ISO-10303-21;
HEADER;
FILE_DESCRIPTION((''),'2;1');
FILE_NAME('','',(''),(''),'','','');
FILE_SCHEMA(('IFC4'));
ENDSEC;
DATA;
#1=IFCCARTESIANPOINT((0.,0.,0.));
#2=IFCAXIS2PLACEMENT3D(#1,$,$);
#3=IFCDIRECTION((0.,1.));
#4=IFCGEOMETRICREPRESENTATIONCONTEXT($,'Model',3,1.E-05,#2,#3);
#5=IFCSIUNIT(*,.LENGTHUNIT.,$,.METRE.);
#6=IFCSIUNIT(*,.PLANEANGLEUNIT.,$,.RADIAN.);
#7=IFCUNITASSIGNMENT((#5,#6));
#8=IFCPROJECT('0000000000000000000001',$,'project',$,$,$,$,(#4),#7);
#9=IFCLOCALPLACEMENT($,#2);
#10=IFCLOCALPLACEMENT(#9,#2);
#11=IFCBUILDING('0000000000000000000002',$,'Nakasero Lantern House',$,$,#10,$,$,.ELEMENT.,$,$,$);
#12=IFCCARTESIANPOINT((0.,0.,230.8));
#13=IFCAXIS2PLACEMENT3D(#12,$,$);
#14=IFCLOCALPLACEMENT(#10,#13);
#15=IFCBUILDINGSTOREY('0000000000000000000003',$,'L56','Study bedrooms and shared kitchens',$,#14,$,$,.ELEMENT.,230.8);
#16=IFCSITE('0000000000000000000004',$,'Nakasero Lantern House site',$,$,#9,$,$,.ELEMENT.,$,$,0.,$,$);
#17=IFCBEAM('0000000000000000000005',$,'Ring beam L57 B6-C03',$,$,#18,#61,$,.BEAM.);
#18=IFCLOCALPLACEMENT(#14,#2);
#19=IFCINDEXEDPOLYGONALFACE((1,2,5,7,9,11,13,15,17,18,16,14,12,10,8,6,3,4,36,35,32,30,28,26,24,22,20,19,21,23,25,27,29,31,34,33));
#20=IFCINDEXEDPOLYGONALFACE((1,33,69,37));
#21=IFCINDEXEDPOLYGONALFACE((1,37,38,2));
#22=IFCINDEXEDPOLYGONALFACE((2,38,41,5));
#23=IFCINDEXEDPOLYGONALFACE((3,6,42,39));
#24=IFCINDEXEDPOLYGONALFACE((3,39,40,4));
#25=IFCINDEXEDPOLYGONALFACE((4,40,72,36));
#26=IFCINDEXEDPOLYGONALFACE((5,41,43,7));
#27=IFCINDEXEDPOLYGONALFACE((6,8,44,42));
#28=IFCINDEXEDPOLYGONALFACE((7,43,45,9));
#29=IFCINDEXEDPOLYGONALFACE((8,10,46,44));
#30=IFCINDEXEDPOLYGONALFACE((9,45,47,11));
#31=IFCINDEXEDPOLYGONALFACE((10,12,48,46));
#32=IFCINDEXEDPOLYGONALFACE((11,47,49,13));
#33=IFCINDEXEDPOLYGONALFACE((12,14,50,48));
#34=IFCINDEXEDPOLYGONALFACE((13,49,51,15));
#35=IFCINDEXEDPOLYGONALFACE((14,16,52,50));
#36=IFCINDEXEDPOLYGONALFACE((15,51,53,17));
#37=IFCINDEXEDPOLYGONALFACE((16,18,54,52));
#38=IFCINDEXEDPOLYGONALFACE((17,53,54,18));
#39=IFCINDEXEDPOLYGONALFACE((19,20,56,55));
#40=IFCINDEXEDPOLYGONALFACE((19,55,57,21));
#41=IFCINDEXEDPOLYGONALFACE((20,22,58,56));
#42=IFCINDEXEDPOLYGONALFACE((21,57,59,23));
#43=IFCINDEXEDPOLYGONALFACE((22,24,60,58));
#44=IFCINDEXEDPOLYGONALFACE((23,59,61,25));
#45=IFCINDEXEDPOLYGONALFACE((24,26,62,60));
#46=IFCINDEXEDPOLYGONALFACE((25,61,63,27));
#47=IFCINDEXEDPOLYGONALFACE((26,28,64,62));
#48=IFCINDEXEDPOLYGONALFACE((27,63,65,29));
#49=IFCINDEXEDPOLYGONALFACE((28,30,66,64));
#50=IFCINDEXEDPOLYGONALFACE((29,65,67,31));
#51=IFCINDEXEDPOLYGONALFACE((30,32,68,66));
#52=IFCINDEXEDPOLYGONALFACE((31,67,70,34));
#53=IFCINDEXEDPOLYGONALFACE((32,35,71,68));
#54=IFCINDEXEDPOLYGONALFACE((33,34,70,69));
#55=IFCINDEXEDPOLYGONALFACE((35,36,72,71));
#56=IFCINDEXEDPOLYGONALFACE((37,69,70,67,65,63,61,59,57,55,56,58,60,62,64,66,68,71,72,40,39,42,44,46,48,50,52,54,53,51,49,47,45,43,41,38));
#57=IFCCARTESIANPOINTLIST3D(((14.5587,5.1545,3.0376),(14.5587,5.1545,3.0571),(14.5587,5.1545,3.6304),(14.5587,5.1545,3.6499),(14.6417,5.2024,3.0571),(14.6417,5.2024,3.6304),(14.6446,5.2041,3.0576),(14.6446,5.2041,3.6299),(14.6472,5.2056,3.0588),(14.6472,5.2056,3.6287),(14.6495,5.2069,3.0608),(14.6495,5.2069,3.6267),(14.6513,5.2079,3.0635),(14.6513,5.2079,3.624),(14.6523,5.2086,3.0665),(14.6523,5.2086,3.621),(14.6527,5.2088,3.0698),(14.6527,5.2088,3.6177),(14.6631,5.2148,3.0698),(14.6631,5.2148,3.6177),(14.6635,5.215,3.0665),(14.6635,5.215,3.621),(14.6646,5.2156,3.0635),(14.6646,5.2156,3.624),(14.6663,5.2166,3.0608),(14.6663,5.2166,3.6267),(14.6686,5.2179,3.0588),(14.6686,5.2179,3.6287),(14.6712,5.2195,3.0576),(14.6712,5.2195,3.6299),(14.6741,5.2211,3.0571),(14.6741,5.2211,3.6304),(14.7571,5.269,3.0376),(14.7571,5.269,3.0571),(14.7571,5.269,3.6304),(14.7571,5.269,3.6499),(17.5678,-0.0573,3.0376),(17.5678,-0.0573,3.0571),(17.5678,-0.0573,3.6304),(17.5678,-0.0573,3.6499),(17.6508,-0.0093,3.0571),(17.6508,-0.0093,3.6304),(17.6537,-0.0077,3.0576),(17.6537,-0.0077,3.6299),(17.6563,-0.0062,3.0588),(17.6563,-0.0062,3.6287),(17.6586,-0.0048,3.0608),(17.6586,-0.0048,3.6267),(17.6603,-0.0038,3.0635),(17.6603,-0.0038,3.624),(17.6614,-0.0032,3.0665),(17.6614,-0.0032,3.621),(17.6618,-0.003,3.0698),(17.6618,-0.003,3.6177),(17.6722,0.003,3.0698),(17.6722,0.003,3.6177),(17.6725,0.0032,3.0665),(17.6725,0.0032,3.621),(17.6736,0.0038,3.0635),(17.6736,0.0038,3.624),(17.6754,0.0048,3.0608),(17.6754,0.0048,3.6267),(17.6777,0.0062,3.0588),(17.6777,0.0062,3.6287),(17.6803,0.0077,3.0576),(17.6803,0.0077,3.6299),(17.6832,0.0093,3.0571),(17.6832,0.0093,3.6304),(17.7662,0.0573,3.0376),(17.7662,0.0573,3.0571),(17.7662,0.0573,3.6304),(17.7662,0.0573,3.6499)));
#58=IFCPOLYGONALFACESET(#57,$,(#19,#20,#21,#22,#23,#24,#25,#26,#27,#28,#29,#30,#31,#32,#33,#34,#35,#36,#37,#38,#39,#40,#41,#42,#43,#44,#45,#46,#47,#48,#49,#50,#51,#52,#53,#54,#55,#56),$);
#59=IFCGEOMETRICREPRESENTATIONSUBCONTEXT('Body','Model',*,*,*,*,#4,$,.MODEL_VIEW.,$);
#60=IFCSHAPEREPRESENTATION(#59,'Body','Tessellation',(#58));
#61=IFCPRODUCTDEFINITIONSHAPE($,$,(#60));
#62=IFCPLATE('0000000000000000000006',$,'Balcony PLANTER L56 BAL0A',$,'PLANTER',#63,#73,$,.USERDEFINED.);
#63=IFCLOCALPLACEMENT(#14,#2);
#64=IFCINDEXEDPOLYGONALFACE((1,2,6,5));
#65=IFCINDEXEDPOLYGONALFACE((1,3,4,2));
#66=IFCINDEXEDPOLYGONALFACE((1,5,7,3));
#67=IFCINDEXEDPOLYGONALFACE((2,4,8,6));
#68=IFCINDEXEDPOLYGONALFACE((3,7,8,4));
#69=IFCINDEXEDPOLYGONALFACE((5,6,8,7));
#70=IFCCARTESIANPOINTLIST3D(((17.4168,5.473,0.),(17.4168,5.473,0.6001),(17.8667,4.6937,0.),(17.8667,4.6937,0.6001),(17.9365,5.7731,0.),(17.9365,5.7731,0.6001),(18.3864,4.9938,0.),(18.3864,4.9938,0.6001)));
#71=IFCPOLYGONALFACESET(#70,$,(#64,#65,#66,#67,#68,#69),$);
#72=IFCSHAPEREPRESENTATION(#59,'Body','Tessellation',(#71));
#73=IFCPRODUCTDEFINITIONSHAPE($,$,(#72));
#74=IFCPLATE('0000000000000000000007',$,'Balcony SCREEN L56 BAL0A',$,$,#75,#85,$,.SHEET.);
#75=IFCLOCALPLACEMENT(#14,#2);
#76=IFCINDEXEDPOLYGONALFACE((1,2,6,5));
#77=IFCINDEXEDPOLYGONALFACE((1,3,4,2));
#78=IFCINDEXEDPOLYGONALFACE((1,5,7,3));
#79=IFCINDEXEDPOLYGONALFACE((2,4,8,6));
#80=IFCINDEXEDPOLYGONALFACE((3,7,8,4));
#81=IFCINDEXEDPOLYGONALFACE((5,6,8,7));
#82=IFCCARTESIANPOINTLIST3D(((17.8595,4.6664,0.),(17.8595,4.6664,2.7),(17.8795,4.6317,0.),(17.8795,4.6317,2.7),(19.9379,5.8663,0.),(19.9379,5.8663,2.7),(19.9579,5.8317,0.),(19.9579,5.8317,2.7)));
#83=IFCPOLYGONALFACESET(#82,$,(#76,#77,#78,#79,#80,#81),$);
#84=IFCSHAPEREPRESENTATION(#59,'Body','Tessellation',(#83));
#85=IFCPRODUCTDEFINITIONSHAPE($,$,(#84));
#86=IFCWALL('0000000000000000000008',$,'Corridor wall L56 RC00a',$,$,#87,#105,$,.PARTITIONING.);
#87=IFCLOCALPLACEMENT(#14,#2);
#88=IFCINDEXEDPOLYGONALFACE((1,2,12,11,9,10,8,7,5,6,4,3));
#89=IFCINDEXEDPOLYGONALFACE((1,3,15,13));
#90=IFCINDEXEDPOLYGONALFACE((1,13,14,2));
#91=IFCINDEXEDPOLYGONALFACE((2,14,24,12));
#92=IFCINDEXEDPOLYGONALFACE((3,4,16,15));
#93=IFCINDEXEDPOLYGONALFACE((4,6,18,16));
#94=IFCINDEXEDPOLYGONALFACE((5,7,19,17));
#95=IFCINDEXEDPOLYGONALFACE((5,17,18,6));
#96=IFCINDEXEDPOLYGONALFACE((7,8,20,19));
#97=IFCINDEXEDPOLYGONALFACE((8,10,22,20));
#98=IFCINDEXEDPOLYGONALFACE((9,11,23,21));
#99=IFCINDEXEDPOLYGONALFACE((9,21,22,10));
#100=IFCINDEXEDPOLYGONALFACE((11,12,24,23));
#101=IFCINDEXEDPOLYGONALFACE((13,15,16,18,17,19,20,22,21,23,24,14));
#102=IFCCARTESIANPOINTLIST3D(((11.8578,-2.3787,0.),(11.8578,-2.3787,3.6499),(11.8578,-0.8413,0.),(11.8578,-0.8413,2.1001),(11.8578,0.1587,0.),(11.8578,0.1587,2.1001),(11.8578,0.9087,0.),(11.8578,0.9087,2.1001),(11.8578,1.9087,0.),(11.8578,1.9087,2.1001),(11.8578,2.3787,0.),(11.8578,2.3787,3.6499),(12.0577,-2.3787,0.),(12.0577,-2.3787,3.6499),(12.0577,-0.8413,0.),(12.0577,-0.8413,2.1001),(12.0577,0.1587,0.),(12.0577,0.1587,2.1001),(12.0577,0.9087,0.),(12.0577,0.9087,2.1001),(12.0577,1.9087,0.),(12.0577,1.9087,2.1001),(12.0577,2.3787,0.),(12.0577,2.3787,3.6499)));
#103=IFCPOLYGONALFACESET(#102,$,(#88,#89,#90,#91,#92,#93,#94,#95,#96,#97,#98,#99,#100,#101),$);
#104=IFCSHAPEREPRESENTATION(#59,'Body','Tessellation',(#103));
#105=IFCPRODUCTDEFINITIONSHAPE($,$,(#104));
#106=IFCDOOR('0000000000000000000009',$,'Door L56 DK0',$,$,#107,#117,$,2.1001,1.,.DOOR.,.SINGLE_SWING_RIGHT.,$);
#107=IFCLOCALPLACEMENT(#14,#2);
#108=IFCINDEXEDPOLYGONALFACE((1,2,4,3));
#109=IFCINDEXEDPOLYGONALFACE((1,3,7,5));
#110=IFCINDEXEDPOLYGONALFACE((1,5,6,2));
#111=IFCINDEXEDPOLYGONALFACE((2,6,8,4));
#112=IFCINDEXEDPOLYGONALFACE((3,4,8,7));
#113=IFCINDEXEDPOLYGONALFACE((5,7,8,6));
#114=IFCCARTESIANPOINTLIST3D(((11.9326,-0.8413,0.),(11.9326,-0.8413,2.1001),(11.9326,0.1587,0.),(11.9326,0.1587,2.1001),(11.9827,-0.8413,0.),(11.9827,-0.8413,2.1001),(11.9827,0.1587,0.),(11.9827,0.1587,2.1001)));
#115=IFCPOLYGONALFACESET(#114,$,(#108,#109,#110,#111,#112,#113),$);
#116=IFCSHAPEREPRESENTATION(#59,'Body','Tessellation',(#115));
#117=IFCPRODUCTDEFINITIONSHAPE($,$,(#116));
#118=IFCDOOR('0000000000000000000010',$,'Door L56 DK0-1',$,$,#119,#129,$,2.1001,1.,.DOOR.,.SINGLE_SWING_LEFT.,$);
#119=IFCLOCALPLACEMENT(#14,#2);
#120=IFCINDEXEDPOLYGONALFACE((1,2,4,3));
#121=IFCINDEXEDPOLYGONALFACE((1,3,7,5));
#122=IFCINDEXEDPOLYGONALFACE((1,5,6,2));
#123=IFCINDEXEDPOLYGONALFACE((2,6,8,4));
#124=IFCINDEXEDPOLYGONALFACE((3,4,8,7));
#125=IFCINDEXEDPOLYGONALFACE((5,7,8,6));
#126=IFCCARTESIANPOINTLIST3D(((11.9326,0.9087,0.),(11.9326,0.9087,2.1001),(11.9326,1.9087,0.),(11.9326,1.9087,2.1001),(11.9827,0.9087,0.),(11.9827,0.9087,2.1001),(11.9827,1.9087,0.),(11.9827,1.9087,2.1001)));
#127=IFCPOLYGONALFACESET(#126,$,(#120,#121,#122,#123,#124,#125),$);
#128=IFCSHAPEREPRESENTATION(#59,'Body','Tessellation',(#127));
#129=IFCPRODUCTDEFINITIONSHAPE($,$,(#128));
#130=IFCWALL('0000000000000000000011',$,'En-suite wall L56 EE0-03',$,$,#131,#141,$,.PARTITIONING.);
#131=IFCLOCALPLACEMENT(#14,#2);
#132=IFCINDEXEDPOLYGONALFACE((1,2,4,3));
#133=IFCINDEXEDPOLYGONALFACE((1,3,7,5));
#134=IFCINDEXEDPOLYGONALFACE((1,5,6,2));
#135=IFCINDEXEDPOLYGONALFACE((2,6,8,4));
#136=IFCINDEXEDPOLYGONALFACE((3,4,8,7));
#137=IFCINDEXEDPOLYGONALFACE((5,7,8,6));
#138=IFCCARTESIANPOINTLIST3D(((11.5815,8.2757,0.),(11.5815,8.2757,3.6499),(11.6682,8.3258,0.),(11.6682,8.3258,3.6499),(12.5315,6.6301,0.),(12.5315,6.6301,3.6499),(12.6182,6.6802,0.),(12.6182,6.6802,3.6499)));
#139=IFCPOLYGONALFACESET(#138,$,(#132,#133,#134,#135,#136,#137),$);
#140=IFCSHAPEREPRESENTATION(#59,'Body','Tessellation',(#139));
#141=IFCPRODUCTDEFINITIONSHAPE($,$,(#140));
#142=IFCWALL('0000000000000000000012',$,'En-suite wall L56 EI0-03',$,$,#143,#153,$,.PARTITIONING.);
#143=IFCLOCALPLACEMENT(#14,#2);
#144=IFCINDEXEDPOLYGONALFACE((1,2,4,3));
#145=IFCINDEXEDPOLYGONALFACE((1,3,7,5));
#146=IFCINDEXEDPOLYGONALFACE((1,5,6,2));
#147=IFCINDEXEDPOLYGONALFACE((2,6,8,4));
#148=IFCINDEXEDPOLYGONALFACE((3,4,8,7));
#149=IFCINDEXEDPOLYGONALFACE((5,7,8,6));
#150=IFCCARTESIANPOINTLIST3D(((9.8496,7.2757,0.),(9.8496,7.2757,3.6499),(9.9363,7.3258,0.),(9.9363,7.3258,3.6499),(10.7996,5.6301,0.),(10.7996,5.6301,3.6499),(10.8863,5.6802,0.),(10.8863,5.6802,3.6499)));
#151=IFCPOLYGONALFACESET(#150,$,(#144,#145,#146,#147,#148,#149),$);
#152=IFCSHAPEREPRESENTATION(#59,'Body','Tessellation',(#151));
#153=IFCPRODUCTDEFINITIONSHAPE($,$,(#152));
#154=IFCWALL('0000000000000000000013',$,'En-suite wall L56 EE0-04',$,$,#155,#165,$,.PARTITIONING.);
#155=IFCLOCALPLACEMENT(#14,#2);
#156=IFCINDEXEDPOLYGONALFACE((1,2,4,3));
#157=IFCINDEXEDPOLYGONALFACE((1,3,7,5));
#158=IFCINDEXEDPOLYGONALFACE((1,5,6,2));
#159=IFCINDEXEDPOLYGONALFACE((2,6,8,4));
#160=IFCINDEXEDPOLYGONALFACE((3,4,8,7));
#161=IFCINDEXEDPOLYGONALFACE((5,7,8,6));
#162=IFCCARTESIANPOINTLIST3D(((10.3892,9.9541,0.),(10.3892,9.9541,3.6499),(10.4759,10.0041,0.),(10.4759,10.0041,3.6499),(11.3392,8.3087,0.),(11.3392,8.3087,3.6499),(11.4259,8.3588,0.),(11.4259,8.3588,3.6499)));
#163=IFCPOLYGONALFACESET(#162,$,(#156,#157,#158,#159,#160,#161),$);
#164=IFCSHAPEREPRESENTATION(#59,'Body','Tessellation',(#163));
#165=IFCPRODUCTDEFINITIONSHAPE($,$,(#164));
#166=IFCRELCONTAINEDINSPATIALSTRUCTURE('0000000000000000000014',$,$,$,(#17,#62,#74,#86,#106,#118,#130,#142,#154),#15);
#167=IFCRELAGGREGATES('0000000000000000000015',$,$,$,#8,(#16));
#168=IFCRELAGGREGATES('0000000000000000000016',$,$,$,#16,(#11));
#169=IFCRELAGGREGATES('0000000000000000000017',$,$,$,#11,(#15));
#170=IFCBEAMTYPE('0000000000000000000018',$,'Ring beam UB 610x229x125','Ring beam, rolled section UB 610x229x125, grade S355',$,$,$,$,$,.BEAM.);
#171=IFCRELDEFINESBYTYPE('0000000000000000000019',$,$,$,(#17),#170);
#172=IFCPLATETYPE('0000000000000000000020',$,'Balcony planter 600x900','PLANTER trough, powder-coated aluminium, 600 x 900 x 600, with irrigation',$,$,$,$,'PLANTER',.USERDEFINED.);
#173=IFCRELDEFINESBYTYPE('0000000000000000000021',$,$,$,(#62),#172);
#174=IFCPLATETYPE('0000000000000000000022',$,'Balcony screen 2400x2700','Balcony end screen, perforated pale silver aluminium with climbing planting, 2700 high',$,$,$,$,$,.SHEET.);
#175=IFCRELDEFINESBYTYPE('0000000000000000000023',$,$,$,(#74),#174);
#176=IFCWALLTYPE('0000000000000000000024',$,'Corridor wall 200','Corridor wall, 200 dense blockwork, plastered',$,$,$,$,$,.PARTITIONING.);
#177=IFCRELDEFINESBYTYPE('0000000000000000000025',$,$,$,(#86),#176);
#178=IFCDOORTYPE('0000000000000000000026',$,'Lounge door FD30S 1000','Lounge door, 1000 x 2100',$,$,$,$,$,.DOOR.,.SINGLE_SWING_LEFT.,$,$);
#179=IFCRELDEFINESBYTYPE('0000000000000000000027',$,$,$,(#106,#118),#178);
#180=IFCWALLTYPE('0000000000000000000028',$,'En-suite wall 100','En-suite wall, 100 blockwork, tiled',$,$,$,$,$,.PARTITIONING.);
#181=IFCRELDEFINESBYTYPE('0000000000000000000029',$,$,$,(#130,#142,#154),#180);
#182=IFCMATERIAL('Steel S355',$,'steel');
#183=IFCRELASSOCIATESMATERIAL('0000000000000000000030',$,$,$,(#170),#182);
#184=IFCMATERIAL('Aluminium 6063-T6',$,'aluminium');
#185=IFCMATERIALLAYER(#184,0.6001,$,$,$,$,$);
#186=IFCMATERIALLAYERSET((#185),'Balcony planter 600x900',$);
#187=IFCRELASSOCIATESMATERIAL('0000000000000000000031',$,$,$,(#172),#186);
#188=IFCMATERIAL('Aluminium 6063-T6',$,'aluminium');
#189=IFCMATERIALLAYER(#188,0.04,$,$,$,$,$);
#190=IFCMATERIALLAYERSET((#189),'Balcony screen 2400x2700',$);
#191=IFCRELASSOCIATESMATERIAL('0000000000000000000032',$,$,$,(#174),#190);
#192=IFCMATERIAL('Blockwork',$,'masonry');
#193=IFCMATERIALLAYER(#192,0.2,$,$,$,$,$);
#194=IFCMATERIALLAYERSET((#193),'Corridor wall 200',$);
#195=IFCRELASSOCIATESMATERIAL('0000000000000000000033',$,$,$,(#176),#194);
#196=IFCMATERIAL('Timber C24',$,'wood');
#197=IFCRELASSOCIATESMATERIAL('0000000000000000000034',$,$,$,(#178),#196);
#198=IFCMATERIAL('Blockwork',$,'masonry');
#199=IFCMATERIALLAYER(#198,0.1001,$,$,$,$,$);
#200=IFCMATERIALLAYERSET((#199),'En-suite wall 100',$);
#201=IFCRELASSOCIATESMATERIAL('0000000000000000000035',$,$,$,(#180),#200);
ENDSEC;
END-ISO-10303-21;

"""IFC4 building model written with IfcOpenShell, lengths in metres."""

from ifc_helpers import new_model, si_unit, direction, frame, frame_2d, origin, origin_2d, place, context, subcontext, project, spatial, rectangle, i_section, extrude, material, layer, layer_set, material_profile, profile_set, type_object, element, fill, save


model = new_model("IFC4")

# Units and contexts
model_context = context("Model", 3, precision=1e-05, world=origin(), true_north=direction((0.0, 1.0)))
body_context = subcontext(model_context, "Body", "Model", "MODEL_VIEW")
ifc_project = project(units=[si_unit("LENGTHUNIT", "METRE"), si_unit("PLANEANGLEUNIT", "RADIAN")], contexts=[model_context])

# Site, building, storey
site_placement = place(None, origin())
site = spatial("IfcSite", under=ifc_project, at=site_placement, Name="Nakasero Lantern House site", CompositionType="ELEMENT", RefElevation=0.0)
building_placement = place(site_placement, origin())
building = spatial("IfcBuilding", under=site, at=building_placement, Name="Nakasero Lantern House", CompositionType="ELEMENT")
storey_placement = place(building_placement, frame((0.0, 0.0, 230.8)))
storey = spatial("IfcBuildingStorey", under=building, at=storey_placement, Name="L56", Description="Study bedrooms and shared kitchens", CompositionType="ELEMENT", Elevation=230.8)

# Beam
ifc_material_1 = material(Name="Steel S355", Category="steel")
ifc_material_profile_1 = material_profile(ifc_material_1, i_section(OverallWidth=0.229, OverallDepth=0.6123, WebThickness=0.012, FlangeThickness=0.0195, FilletRadius=0.0127, at=origin_2d()), Name="UB 610x229x125")
ifc_profile_set_1 = profile_set([ifc_material_profile_1], Name="Steel S355")
beam_type_1 = type_object("IfcBeamType", Name="Ring beam UB 610x229x125", Description="Ring beam, rolled section UB 610x229x125, grade S355", PredefinedType="BEAM", material=ifc_profile_set_1)
beam_1_placement = place(storey_placement, frame((17.667, 0.0, 3.3438), z_axis=(-0.500009, 0.86602, 0.0), x_axis=(-0.86602, -0.500009, 0.0)))
element("IfcBeam", 1, at=beam_1_placement, inside=storey, type_object=beam_type_1, Name="Ring beam L57 B6-C03", PredefinedType="BEAM", context=body_context, shape_type="SweptSolid", body=[
    extrude(i_section(OverallWidth=0.229, OverallDepth=0.6123, WebThickness=0.012, FlangeThickness=0.0195, FilletRadius=0.0127, at=origin_2d()), origin(), (0.0, 0.0, 1.0), 6.0181),
])

# Plates
ifc_material_2 = material(Name="Aluminium 6063-T6", Category="aluminium")
ifc_layer_1 = layer(ifc_material_2, 0.6001)
ifc_layer_set_1 = layer_set([ifc_layer_1], Name="Balcony planter 600x900")
plate_type_1 = type_object("IfcPlateType", Name="Balcony planter 600x900", Description="PLANTER trough, powder-coated aluminium, 600 x 900 x 600, with irrigation", ElementType="PLANTER", PredefinedType="USERDEFINED", material=ifc_layer_set_1)
plate_1_placement = place(storey_placement, frame((17.9016, 5.2334, 0.0), z_axis=(0.0, 0.0, 1.0), x_axis=(0.866025, 0.5, 0.0)))
element("IfcPlate", 2, at=plate_1_placement, inside=storey, type_object=plate_type_1, Name="Balcony PLANTER L56 BAL0A", ObjectType="PLANTER", PredefinedType="USERDEFINED", context=body_context, shape_type="SweptSolid", body=[
    extrude(rectangle(XDim=0.6001, YDim=0.8999, at=origin_2d()), origin(), (0.0, 0.0, 1.0), 0.6001),
])
ifc_material_3 = material(Name="Aluminium 6063-T6", Category="aluminium")
ifc_layer_2 = layer(ifc_material_3, 0.04)
ifc_layer_set_2 = layer_set([ifc_layer_2], Name="Balcony screen 2400x2700")
plate_type_2 = type_object("IfcPlateType", Name="Balcony screen 2400x2700", Description="Balcony end screen, perforated pale silver aluminium with climbing planting, 2700 high", PredefinedType="SHEET", material=ifc_layer_set_2)
plate_2_placement = place(storey_placement, frame((18.9087, 5.249, 0.0), z_axis=(0.0, 0.0, 1.0), x_axis=(0.866025, 0.5, 0.0)))
element("IfcPlate", 3, at=plate_2_placement, inside=storey, type_object=plate_type_2, Name="Balcony SCREEN L56 BAL0A", PredefinedType="SHEET", context=body_context, shape_type="SweptSolid", body=[
    extrude(rectangle(XDim=2.3999, YDim=0.04, at=origin_2d()), origin(), (0.0, 0.0, 1.0), 2.7),
])

# Wall, openings, doors
ifc_material_4 = material(Name="Blockwork", Category="masonry")
ifc_layer_3 = layer(ifc_material_4, 0.2)
ifc_layer_set_3 = layer_set([ifc_layer_3], Name="Corridor wall 200")
wall_type_1 = type_object("IfcWallType", Name="Corridor wall 200", Description="Corridor wall, 200 dense blockwork, plastered", PredefinedType="PARTITIONING", material=ifc_layer_set_3)
wall_1_placement = place(storey_placement, frame((11.9578, 2.3787, 0.0), z_axis=(0.0, 0.0, 1.0), x_axis=(0.0, -1.0, 0.0)))
wall_1 = element("IfcWall", 4, at=wall_1_placement, inside=storey, type_object=wall_type_1, Name="Corridor wall L56 RC00a", PredefinedType="PARTITIONING", context=body_context, shape_type="SweptSolid", body=[
    extrude(rectangle(XDim=4.7573, YDim=0.2, at=frame_2d((2.3787, 0.0))), origin(), (0.0, 0.0, 1.0), 3.6499),
])
opening_1_placement = place(wall_1_placement, frame((2.22, 0.0, 0.0)))
opening_1 = element("IfcOpeningElement", 5, at=opening_1_placement, cuts=wall_1, PredefinedType="OPENING", context=body_context, shape_type="SweptSolid", body=[
    extrude(rectangle(XDim=1.0, YDim=2.1001, at=frame_2d((0.5, 1.05))), frame((0.0, 0.1199, 0.0), z_axis=(0.0, -1.0, 0.0), x_axis=(1.0, 0.0, 0.0)), (0.0, 0.0, 1.0), 0.24),
])
opening_2_placement = place(wall_1_placement, frame((0.47, 0.0, 0.0)))
opening_2 = element("IfcOpeningElement", 6, at=opening_2_placement, cuts=wall_1, PredefinedType="OPENING", context=body_context, shape_type="SweptSolid", body=[
    extrude(rectangle(XDim=1.0, YDim=2.1001, at=frame_2d((0.5, 1.05))), frame((0.0, 0.1199, 0.0), z_axis=(0.0, -1.0, 0.0), x_axis=(1.0, 0.0, 0.0)), (0.0, 0.0, 1.0), 0.24),
])
ifc_material_5 = material(Name="Timber C24", Category="wood")
door_type_1 = type_object("IfcDoorType", Name="Lounge door FD30S 1000", Description="Lounge door, 1000 x 2100", OperationType="SINGLE_SWING_LEFT", PredefinedType="DOOR", material=ifc_material_5)
door_1_placement = place(opening_1_placement, origin())
door_1 = element("IfcDoor", 7, at=door_1_placement, inside=storey, type_object=door_type_1, Name="Door L56 DK0", OperationType="SINGLE_SWING_RIGHT", OverallHeight=2.1001, OverallWidth=1.0, PredefinedType="DOOR", context=body_context, shape_type="SweptSolid", body=[
    extrude(rectangle(XDim=1.0, YDim=2.1001, at=frame_2d((0.5, 1.05))), frame((0.0, 0.0249, 0.0), z_axis=(0.0, -1.0, 0.0), x_axis=(1.0, 0.0, 0.0)), (0.0, 0.0, 1.0), 0.05),
])
fill(opening_1, door_1)
door_2_placement = place(opening_2_placement, origin())
door_2 = element("IfcDoor", 8, at=door_2_placement, inside=storey, type_object=door_type_1, Name="Door L56 DK0-1", OperationType="SINGLE_SWING_LEFT", OverallHeight=2.1001, OverallWidth=1.0, PredefinedType="DOOR", context=body_context, shape_type="SweptSolid", body=[
    extrude(rectangle(XDim=1.0, YDim=2.1001, at=frame_2d((0.5, 1.05))), frame((0.0, 0.0249, 0.0), z_axis=(0.0, -1.0, 0.0), x_axis=(1.0, 0.0, 0.0)), (0.0, 0.0, 1.0), 0.05),
])
fill(opening_2, door_2)

# Walls
ifc_material_6 = material(Name="Blockwork", Category="masonry")
ifc_layer_4 = layer(ifc_material_6, 0.1001)
ifc_layer_set_4 = layer_set([ifc_layer_4], Name="En-suite wall 100")
wall_type_2 = type_object("IfcWallType", Name="En-suite wall 100", Description="En-suite wall, 100 blockwork, tiled", PredefinedType="PARTITIONING", material=ifc_layer_set_4)
for number, where, z_axis, x_axis, name in (
    (9, (12.575, 6.655, 0.0), (0.0, 0.0, 1.0), (-0.499967, 0.866044, 0.0), "En-suite wall L56 EE0-03"),
    (10, (10.843, 5.655, 0.0), (0.0, 0.0, 1.0), (-0.499967, 0.866044, 0.0), "En-suite wall L56 EI0-03"),
):
    element("IfcWall", number, at=place(storey_placement, frame(where, z_axis=z_axis, x_axis=x_axis)), inside=storey, type_object=wall_type_2, Name=name, PredefinedType="PARTITIONING", context=body_context, shape_type="SweptSolid", body=[
        extrude(rectangle(XDim=1.9001, YDim=0.1001, at=frame_2d((0.9502, 0.0))), origin(), (0.0, 0.0, 1.0), 3.6499),
    ])
wall_2_placement = place(storey_placement, frame((11.3826, 8.3337, 0.0), z_axis=(0.0, 0.0, 1.0), x_axis=(-0.500023, 0.866012, 0.0)))
element("IfcWall", 11, at=wall_2_placement, inside=storey, type_object=wall_type_2, Name="En-suite wall L56 EE0-04", PredefinedType="PARTITIONING", context=body_context, shape_type="SweptSolid", body=[
    extrude(rectangle(XDim=1.8999, YDim=0.1001, at=frame_2d((0.95, 0.0))), origin(), (0.0, 0.0, 1.0), 3.6499),
])

save(model, "model.ifc")
